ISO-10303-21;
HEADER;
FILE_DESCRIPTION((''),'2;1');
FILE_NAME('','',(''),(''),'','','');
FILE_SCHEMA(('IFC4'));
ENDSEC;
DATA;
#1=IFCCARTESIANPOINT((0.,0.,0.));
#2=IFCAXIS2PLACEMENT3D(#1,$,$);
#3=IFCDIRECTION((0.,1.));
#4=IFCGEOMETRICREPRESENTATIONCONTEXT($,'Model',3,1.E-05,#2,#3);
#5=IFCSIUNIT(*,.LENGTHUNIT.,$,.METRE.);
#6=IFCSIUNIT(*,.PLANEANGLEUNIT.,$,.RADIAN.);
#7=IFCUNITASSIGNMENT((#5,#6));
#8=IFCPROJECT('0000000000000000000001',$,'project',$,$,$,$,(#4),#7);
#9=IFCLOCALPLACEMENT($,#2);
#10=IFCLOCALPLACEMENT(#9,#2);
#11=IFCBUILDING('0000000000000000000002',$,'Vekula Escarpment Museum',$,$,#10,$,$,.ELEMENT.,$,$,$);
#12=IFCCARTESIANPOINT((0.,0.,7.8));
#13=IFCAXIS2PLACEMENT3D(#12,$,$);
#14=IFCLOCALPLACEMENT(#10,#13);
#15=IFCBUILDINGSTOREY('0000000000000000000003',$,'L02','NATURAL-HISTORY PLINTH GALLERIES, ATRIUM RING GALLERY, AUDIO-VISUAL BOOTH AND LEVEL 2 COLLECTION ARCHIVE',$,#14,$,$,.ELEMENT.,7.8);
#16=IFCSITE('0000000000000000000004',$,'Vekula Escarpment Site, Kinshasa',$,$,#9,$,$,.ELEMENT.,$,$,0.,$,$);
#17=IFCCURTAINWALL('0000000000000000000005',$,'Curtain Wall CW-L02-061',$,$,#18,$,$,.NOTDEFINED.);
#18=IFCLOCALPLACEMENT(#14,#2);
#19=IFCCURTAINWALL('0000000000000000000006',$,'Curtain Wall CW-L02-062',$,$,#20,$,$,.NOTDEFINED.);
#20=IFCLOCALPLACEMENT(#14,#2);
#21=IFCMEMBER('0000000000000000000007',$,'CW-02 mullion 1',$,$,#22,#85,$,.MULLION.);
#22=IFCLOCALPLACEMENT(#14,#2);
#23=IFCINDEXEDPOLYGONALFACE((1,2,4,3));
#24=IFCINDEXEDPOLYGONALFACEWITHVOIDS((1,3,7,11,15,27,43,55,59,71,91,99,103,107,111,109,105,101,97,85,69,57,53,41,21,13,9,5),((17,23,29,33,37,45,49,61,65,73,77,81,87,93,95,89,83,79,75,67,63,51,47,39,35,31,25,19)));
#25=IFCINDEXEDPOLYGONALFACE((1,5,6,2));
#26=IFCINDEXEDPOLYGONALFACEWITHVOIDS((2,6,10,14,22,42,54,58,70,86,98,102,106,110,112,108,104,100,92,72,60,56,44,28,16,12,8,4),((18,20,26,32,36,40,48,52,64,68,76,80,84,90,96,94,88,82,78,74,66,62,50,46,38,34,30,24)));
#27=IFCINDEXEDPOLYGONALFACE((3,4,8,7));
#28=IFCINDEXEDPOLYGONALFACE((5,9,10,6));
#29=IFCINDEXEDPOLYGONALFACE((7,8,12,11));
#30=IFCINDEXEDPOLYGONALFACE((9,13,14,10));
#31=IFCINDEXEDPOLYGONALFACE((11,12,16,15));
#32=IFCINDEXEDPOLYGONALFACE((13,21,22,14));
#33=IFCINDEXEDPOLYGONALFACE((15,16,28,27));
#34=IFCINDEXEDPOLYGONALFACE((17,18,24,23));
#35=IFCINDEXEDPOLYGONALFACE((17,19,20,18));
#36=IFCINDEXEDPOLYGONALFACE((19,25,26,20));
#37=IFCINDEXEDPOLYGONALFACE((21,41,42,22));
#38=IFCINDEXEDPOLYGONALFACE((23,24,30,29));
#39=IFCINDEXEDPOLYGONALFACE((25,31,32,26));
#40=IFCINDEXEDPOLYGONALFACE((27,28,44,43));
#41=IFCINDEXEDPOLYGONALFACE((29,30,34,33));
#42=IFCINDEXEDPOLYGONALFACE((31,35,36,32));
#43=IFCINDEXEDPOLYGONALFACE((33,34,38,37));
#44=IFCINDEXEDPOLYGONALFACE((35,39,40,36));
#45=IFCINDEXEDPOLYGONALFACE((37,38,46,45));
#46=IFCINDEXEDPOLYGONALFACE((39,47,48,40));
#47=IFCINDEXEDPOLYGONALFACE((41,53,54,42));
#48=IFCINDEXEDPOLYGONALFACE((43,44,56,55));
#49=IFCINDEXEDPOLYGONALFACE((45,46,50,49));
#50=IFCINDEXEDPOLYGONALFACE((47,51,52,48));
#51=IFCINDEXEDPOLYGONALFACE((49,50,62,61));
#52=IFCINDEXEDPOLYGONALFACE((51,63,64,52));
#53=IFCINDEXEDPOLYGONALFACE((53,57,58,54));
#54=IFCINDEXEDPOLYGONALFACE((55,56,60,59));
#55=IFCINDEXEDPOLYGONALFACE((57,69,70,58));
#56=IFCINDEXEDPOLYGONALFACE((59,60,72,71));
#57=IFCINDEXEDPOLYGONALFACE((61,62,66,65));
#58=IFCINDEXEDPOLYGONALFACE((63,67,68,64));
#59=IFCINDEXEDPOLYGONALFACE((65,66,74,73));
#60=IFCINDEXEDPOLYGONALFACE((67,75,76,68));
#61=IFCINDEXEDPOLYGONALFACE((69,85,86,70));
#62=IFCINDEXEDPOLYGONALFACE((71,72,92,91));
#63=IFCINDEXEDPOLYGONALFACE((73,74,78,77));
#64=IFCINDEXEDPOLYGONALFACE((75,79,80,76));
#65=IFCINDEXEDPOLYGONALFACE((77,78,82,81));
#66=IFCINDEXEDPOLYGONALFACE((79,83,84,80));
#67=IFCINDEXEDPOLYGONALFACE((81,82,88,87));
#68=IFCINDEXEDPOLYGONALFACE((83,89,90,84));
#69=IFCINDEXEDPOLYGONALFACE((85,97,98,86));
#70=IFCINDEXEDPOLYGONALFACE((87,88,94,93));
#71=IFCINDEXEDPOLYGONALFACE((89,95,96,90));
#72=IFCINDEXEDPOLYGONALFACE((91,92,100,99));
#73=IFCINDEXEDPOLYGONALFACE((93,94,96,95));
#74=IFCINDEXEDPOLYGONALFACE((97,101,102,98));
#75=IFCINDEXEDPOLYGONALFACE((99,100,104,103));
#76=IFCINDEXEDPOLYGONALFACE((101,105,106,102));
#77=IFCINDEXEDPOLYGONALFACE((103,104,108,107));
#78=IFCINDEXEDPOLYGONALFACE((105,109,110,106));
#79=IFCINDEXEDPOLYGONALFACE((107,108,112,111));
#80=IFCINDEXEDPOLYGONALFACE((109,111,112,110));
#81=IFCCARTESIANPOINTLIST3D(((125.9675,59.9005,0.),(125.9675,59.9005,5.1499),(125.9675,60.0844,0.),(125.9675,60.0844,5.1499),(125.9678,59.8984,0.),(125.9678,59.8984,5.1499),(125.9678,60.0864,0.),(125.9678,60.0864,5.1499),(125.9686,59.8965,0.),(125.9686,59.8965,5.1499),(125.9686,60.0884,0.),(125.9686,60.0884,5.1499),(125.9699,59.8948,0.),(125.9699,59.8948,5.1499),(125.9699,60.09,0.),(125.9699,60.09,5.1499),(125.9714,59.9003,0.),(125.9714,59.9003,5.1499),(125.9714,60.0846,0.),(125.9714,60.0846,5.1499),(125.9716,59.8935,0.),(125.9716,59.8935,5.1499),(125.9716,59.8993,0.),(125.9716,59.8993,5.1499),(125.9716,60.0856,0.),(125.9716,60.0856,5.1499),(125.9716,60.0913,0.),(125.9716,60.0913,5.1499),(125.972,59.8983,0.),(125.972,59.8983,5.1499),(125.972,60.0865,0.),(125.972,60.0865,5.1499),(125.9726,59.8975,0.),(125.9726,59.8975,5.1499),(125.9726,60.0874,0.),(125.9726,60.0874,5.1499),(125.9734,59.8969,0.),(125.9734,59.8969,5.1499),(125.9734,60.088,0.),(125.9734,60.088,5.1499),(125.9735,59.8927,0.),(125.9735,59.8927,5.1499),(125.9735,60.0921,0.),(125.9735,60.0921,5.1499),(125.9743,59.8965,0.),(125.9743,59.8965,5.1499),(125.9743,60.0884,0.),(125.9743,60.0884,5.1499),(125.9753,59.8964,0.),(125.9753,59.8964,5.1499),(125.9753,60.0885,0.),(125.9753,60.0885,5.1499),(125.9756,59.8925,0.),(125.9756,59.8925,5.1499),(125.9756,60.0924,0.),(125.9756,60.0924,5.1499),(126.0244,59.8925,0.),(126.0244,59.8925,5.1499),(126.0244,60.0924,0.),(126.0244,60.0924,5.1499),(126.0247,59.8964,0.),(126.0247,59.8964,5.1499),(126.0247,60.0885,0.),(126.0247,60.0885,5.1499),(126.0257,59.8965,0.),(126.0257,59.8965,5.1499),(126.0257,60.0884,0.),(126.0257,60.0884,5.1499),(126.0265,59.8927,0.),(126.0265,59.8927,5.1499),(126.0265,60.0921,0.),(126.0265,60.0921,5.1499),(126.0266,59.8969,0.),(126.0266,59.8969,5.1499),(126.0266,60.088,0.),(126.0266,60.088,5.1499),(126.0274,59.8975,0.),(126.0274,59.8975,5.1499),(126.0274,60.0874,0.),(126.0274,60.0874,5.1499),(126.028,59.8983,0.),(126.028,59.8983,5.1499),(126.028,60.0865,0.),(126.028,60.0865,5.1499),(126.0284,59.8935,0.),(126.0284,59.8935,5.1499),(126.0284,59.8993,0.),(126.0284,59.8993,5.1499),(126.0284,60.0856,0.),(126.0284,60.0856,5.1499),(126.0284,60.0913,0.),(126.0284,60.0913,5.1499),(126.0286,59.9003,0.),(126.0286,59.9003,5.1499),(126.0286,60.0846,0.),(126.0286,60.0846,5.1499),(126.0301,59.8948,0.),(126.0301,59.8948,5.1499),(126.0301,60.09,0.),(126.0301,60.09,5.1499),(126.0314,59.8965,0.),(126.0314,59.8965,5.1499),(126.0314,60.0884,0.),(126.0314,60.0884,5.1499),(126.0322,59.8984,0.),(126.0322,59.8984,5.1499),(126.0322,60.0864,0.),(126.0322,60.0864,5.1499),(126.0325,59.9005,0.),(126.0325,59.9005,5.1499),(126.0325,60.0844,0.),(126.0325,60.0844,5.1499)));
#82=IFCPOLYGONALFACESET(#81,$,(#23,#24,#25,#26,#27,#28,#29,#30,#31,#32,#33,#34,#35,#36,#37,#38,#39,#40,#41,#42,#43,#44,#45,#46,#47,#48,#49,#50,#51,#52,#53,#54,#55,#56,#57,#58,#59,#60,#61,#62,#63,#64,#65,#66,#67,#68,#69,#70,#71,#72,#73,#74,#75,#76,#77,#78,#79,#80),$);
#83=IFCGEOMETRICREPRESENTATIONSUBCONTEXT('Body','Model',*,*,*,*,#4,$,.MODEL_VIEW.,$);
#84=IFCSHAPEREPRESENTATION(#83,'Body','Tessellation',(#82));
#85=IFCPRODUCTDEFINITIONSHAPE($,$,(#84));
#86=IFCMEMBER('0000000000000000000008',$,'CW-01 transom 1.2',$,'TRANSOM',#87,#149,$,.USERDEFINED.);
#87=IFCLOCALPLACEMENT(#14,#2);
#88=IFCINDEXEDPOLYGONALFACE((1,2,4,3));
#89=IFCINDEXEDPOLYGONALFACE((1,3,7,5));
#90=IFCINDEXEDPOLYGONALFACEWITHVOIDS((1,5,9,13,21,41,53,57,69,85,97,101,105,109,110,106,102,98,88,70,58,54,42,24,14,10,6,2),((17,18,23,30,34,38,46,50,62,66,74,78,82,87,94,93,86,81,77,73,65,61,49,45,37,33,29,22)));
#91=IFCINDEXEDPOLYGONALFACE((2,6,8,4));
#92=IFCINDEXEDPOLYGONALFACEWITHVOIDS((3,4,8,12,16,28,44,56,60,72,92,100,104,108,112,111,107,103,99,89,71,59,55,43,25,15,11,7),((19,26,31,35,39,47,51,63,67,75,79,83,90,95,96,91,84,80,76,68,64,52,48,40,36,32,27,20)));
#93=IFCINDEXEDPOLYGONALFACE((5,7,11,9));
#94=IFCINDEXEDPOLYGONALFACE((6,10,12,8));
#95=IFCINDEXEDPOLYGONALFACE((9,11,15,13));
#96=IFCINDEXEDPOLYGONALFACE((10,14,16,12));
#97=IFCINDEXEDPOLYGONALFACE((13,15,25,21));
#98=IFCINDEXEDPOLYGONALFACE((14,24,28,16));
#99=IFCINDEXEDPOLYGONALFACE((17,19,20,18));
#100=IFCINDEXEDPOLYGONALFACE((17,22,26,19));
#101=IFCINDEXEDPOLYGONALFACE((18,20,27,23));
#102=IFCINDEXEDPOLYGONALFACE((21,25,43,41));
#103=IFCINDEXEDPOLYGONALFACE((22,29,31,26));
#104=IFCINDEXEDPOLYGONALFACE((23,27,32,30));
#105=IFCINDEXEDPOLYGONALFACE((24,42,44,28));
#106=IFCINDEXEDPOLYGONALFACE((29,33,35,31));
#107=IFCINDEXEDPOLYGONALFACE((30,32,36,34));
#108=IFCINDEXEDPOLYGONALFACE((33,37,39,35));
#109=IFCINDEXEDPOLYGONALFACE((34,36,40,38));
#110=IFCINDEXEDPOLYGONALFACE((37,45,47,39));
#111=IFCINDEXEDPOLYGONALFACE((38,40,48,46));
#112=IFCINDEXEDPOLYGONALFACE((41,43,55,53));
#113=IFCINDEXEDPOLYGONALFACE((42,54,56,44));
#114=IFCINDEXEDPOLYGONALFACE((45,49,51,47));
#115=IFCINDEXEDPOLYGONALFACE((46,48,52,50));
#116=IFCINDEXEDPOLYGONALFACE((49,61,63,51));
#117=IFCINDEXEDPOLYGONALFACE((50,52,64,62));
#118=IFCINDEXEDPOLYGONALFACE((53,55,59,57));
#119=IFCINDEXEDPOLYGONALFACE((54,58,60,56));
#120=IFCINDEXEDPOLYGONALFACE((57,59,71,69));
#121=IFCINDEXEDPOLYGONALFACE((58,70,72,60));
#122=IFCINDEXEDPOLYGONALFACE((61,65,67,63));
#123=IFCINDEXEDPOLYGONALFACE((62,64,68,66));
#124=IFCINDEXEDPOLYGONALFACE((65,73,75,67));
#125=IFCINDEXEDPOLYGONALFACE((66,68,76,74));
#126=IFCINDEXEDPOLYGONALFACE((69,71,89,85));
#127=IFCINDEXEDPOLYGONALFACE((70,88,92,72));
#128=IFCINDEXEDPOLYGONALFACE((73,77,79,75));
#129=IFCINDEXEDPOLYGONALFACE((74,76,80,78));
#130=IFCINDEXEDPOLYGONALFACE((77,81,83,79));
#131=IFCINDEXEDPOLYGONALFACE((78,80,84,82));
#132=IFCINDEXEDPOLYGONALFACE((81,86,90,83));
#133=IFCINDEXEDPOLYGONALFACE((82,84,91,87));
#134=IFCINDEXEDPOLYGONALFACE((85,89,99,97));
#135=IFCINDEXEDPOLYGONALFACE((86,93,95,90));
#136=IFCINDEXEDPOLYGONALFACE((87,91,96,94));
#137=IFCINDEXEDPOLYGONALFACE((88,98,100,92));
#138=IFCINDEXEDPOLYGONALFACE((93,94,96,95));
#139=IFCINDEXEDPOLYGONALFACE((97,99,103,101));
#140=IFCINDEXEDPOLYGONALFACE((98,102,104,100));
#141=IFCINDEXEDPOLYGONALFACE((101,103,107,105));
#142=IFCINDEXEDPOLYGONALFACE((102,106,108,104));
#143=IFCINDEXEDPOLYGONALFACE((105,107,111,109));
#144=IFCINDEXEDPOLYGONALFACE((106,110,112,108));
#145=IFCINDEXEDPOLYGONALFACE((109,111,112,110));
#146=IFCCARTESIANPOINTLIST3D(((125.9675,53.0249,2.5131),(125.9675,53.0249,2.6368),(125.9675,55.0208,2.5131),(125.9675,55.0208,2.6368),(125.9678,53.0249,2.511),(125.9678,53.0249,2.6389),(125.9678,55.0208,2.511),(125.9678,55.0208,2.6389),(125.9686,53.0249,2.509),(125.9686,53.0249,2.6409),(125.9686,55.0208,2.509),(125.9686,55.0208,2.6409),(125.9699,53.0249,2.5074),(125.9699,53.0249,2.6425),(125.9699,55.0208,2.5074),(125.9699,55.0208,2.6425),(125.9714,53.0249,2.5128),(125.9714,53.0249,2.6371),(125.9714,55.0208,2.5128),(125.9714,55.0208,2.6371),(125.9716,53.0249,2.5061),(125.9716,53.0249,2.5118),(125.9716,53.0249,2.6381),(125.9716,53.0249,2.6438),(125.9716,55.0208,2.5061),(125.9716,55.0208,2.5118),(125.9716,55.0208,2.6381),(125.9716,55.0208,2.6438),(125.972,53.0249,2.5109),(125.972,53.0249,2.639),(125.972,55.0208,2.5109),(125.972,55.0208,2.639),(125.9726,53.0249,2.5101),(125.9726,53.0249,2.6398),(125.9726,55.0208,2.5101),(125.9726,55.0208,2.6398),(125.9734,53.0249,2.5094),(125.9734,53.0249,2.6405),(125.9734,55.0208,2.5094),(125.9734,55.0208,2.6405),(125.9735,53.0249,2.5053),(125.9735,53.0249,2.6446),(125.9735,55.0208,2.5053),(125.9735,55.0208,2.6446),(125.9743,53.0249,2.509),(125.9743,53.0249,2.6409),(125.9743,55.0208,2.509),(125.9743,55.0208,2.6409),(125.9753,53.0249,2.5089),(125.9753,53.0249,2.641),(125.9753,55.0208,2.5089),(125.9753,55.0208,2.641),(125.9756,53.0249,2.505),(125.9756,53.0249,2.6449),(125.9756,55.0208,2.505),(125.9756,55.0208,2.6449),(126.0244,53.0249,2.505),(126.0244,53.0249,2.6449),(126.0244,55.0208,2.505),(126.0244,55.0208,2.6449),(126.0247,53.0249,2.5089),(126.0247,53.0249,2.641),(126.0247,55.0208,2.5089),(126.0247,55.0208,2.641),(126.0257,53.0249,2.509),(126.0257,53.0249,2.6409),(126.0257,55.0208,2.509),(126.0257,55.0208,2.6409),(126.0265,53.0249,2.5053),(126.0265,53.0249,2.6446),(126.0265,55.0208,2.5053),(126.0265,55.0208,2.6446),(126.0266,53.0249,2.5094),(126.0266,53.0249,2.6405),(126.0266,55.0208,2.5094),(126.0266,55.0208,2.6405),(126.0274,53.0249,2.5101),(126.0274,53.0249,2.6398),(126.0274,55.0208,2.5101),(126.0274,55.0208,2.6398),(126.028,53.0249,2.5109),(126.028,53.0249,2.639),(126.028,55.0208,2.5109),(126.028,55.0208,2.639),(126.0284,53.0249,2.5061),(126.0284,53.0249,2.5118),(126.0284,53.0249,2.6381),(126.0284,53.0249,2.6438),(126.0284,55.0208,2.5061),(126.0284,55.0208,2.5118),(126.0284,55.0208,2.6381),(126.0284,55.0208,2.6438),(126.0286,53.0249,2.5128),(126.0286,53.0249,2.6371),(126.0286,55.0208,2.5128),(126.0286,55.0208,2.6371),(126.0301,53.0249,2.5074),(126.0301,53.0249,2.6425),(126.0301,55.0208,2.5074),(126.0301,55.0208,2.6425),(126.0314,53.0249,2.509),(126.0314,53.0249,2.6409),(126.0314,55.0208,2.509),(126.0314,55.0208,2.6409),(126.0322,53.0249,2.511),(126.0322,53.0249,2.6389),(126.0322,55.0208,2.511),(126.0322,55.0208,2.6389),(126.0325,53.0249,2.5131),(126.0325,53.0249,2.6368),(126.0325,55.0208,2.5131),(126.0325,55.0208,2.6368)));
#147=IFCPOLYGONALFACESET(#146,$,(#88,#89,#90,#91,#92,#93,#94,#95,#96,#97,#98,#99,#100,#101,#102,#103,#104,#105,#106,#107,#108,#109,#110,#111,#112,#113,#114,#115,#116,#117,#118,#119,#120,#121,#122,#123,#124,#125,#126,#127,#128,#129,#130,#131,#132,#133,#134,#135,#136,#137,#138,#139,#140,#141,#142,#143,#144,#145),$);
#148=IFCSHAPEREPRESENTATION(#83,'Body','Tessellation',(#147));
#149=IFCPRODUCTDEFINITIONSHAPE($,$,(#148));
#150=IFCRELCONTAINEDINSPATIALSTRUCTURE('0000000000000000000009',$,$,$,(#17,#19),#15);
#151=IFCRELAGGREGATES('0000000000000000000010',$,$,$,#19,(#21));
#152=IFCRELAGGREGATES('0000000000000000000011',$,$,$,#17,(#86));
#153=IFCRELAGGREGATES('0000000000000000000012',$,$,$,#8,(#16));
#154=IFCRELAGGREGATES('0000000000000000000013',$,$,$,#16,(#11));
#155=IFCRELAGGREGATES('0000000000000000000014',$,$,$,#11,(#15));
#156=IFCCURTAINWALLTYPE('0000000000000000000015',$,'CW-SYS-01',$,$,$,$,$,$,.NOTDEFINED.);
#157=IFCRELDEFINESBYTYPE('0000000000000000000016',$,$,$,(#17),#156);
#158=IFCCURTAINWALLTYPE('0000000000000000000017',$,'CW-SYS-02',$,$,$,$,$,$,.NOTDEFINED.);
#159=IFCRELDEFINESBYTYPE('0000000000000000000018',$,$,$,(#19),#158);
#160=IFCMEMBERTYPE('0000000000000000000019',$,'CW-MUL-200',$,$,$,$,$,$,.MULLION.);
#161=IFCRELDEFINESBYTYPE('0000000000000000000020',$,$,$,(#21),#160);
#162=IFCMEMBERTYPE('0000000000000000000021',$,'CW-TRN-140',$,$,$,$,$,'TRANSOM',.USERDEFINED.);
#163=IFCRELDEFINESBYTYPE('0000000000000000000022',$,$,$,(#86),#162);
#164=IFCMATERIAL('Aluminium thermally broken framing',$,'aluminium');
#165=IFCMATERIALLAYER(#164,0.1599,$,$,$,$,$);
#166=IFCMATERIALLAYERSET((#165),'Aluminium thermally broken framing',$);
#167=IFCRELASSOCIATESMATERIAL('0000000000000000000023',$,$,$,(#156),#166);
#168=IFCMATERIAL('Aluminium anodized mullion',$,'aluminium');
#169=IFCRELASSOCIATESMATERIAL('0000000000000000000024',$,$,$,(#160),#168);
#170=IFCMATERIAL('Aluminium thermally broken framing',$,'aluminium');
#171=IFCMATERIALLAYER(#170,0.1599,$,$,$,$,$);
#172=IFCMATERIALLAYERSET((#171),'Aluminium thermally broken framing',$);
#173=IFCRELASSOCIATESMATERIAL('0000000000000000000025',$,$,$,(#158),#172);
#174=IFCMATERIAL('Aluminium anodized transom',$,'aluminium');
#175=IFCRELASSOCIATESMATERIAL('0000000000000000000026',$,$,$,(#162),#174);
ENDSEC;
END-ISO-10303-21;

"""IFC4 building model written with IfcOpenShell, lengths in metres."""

from ifc_helpers import new_model, si_unit, direction, frame, origin, origin_2d, place, context, subcontext, project, spatial, hollow_rectangle, extrude, material, layer, layer_set, material_profile, profile_set, type_object, element, aggregate, save


model = new_model("IFC4")

# Units and contexts
model_context = context("Model", 3, precision=1e-05, world=origin(), true_north=direction((0.0, 1.0)))
body_context = subcontext(model_context, "Body", "Model", "MODEL_VIEW")
ifc_project = project(units=[si_unit("LENGTHUNIT", "METRE"), si_unit("PLANEANGLEUNIT", "RADIAN")], contexts=[model_context])

# Site, building, storey
site_placement = place(None, origin())
site = spatial("IfcSite", under=ifc_project, at=site_placement, Name="Vekula Escarpment Site, Kinshasa", CompositionType="ELEMENT", RefElevation=0.0)
building_placement = place(site_placement, origin())
building = spatial("IfcBuilding", under=site, at=building_placement, Name="Vekula Escarpment Museum", CompositionType="ELEMENT")
storey_placement = place(building_placement, frame((0.0, 0.0, 7.8)))
storey = spatial("IfcBuildingStorey", under=building, at=storey_placement, Name="L02", Description="NATURAL-HISTORY PLINTH GALLERIES, ATRIUM RING GALLERY, AUDIO-VISUAL BOOTH AND LEVEL 2 COLLECTION ARCHIVE", CompositionType="ELEMENT", Elevation=7.8)

# Curtain wall
ifc_material_1 = material(Name="Aluminium thermally broken framing", Category="aluminium")
ifc_layer_1 = layer(ifc_material_1, 0.1599)
ifc_layer_set_1 = layer_set([ifc_layer_1], Name="Aluminium thermally broken framing")
curtain_wall_type_1 = type_object("IfcCurtainWallType", Name="CW-SYS-01", PredefinedType="NOTDEFINED", material=ifc_layer_set_1)
curtain_wall_1_placement = place(storey_placement, origin())
curtain_wall_1 = element("IfcCurtainWall", 1, at=curtain_wall_1_placement, inside=storey, type_object=curtain_wall_type_1, Name="Curtain Wall CW-L02-061", PredefinedType="NOTDEFINED")
ifc_material_2 = material(Name="Aluminium anodized mullion", Category="aluminium")
ifc_material_profile_1 = material_profile(ifc_material_2, hollow_rectangle(XDim=0.0649, YDim=0.2, WallThickness=0.0039, InnerFilletRadius=0.0039, OuterFilletRadius=0.0081, at=origin_2d()), Name="ALU 200x65x4")
ifc_profile_set_1 = profile_set([ifc_material_profile_1], Name="Aluminium anodized mullion")
member_type_1 = type_object("IfcMemberType", Name="CW-MUL-200", PredefinedType="MULLION", material=ifc_profile_set_1)

# Curtain wall, member
ifc_material_3 = material(Name="Aluminium thermally broken framing", Category="aluminium")
ifc_layer_2 = layer(ifc_material_3, 0.1599)
ifc_layer_set_2 = layer_set([ifc_layer_2], Name="Aluminium thermally broken framing")
curtain_wall_type_2 = type_object("IfcCurtainWallType", Name="CW-SYS-02", PredefinedType="NOTDEFINED", material=ifc_layer_set_2)
curtain_wall_2_placement = place(storey_placement, origin())
curtain_wall_2 = element("IfcCurtainWall", 2, at=curtain_wall_2_placement, inside=storey, type_object=curtain_wall_type_2, Name="Curtain Wall CW-L02-062", PredefinedType="NOTDEFINED")
member_1_placement = place(storey_placement, frame((126.0, 59.9924, 0.0), z_axis=(0.0, 0.0, 1.0), x_axis=(-1.0, 0.0, 0.0)))
member_1 = element("IfcMember", 3, at=member_1_placement, type_object=member_type_1, Name="CW-02 mullion 1", PredefinedType="MULLION", context=body_context, shape_type="SweptSolid", body=[
    extrude(hollow_rectangle(XDim=0.0649, YDim=0.2, WallThickness=0.0039, InnerFilletRadius=0.0039, OuterFilletRadius=0.0081, at=origin_2d()), origin(), (0.0, 0.0, 1.0), 5.1499),
])

# Member
ifc_material_4 = material(Name="Aluminium anodized transom", Category="aluminium")
ifc_material_profile_2 = material_profile(ifc_material_4, hollow_rectangle(XDim=0.0649, YDim=0.1399, WallThickness=0.0039, InnerFilletRadius=0.0039, OuterFilletRadius=0.0081, at=origin_2d()), Name="ALU 140x65x4")
ifc_profile_set_2 = profile_set([ifc_material_profile_2], Name="Aluminium anodized transom")
member_type_2 = type_object("IfcMemberType", Name="CW-TRN-140", ElementType="TRANSOM", PredefinedType="USERDEFINED", material=ifc_profile_set_2)
member_2_placement = place(storey_placement, frame((126.0, 53.0249, 2.575), z_axis=(0.0, 1.0, 0.0), x_axis=(-1.0, 0.0, 0.0)))
member_2 = element("IfcMember", 4, at=member_2_placement, type_object=member_type_2, Name="CW-01 transom 1.2", ObjectType="TRANSOM", PredefinedType="USERDEFINED", context=body_context, shape_type="SweptSolid", body=[
    extrude(hollow_rectangle(XDim=0.0649, YDim=0.1399, WallThickness=0.0039, InnerFilletRadius=0.0039, OuterFilletRadius=0.0081, at=origin_2d()), origin(), (0.0, 0.0, 1.0), 1.9958),
])
aggregate(curtain_wall_2, [member_1])

aggregate(curtain_wall_1, [member_2])

save(model, "model.ifc")
